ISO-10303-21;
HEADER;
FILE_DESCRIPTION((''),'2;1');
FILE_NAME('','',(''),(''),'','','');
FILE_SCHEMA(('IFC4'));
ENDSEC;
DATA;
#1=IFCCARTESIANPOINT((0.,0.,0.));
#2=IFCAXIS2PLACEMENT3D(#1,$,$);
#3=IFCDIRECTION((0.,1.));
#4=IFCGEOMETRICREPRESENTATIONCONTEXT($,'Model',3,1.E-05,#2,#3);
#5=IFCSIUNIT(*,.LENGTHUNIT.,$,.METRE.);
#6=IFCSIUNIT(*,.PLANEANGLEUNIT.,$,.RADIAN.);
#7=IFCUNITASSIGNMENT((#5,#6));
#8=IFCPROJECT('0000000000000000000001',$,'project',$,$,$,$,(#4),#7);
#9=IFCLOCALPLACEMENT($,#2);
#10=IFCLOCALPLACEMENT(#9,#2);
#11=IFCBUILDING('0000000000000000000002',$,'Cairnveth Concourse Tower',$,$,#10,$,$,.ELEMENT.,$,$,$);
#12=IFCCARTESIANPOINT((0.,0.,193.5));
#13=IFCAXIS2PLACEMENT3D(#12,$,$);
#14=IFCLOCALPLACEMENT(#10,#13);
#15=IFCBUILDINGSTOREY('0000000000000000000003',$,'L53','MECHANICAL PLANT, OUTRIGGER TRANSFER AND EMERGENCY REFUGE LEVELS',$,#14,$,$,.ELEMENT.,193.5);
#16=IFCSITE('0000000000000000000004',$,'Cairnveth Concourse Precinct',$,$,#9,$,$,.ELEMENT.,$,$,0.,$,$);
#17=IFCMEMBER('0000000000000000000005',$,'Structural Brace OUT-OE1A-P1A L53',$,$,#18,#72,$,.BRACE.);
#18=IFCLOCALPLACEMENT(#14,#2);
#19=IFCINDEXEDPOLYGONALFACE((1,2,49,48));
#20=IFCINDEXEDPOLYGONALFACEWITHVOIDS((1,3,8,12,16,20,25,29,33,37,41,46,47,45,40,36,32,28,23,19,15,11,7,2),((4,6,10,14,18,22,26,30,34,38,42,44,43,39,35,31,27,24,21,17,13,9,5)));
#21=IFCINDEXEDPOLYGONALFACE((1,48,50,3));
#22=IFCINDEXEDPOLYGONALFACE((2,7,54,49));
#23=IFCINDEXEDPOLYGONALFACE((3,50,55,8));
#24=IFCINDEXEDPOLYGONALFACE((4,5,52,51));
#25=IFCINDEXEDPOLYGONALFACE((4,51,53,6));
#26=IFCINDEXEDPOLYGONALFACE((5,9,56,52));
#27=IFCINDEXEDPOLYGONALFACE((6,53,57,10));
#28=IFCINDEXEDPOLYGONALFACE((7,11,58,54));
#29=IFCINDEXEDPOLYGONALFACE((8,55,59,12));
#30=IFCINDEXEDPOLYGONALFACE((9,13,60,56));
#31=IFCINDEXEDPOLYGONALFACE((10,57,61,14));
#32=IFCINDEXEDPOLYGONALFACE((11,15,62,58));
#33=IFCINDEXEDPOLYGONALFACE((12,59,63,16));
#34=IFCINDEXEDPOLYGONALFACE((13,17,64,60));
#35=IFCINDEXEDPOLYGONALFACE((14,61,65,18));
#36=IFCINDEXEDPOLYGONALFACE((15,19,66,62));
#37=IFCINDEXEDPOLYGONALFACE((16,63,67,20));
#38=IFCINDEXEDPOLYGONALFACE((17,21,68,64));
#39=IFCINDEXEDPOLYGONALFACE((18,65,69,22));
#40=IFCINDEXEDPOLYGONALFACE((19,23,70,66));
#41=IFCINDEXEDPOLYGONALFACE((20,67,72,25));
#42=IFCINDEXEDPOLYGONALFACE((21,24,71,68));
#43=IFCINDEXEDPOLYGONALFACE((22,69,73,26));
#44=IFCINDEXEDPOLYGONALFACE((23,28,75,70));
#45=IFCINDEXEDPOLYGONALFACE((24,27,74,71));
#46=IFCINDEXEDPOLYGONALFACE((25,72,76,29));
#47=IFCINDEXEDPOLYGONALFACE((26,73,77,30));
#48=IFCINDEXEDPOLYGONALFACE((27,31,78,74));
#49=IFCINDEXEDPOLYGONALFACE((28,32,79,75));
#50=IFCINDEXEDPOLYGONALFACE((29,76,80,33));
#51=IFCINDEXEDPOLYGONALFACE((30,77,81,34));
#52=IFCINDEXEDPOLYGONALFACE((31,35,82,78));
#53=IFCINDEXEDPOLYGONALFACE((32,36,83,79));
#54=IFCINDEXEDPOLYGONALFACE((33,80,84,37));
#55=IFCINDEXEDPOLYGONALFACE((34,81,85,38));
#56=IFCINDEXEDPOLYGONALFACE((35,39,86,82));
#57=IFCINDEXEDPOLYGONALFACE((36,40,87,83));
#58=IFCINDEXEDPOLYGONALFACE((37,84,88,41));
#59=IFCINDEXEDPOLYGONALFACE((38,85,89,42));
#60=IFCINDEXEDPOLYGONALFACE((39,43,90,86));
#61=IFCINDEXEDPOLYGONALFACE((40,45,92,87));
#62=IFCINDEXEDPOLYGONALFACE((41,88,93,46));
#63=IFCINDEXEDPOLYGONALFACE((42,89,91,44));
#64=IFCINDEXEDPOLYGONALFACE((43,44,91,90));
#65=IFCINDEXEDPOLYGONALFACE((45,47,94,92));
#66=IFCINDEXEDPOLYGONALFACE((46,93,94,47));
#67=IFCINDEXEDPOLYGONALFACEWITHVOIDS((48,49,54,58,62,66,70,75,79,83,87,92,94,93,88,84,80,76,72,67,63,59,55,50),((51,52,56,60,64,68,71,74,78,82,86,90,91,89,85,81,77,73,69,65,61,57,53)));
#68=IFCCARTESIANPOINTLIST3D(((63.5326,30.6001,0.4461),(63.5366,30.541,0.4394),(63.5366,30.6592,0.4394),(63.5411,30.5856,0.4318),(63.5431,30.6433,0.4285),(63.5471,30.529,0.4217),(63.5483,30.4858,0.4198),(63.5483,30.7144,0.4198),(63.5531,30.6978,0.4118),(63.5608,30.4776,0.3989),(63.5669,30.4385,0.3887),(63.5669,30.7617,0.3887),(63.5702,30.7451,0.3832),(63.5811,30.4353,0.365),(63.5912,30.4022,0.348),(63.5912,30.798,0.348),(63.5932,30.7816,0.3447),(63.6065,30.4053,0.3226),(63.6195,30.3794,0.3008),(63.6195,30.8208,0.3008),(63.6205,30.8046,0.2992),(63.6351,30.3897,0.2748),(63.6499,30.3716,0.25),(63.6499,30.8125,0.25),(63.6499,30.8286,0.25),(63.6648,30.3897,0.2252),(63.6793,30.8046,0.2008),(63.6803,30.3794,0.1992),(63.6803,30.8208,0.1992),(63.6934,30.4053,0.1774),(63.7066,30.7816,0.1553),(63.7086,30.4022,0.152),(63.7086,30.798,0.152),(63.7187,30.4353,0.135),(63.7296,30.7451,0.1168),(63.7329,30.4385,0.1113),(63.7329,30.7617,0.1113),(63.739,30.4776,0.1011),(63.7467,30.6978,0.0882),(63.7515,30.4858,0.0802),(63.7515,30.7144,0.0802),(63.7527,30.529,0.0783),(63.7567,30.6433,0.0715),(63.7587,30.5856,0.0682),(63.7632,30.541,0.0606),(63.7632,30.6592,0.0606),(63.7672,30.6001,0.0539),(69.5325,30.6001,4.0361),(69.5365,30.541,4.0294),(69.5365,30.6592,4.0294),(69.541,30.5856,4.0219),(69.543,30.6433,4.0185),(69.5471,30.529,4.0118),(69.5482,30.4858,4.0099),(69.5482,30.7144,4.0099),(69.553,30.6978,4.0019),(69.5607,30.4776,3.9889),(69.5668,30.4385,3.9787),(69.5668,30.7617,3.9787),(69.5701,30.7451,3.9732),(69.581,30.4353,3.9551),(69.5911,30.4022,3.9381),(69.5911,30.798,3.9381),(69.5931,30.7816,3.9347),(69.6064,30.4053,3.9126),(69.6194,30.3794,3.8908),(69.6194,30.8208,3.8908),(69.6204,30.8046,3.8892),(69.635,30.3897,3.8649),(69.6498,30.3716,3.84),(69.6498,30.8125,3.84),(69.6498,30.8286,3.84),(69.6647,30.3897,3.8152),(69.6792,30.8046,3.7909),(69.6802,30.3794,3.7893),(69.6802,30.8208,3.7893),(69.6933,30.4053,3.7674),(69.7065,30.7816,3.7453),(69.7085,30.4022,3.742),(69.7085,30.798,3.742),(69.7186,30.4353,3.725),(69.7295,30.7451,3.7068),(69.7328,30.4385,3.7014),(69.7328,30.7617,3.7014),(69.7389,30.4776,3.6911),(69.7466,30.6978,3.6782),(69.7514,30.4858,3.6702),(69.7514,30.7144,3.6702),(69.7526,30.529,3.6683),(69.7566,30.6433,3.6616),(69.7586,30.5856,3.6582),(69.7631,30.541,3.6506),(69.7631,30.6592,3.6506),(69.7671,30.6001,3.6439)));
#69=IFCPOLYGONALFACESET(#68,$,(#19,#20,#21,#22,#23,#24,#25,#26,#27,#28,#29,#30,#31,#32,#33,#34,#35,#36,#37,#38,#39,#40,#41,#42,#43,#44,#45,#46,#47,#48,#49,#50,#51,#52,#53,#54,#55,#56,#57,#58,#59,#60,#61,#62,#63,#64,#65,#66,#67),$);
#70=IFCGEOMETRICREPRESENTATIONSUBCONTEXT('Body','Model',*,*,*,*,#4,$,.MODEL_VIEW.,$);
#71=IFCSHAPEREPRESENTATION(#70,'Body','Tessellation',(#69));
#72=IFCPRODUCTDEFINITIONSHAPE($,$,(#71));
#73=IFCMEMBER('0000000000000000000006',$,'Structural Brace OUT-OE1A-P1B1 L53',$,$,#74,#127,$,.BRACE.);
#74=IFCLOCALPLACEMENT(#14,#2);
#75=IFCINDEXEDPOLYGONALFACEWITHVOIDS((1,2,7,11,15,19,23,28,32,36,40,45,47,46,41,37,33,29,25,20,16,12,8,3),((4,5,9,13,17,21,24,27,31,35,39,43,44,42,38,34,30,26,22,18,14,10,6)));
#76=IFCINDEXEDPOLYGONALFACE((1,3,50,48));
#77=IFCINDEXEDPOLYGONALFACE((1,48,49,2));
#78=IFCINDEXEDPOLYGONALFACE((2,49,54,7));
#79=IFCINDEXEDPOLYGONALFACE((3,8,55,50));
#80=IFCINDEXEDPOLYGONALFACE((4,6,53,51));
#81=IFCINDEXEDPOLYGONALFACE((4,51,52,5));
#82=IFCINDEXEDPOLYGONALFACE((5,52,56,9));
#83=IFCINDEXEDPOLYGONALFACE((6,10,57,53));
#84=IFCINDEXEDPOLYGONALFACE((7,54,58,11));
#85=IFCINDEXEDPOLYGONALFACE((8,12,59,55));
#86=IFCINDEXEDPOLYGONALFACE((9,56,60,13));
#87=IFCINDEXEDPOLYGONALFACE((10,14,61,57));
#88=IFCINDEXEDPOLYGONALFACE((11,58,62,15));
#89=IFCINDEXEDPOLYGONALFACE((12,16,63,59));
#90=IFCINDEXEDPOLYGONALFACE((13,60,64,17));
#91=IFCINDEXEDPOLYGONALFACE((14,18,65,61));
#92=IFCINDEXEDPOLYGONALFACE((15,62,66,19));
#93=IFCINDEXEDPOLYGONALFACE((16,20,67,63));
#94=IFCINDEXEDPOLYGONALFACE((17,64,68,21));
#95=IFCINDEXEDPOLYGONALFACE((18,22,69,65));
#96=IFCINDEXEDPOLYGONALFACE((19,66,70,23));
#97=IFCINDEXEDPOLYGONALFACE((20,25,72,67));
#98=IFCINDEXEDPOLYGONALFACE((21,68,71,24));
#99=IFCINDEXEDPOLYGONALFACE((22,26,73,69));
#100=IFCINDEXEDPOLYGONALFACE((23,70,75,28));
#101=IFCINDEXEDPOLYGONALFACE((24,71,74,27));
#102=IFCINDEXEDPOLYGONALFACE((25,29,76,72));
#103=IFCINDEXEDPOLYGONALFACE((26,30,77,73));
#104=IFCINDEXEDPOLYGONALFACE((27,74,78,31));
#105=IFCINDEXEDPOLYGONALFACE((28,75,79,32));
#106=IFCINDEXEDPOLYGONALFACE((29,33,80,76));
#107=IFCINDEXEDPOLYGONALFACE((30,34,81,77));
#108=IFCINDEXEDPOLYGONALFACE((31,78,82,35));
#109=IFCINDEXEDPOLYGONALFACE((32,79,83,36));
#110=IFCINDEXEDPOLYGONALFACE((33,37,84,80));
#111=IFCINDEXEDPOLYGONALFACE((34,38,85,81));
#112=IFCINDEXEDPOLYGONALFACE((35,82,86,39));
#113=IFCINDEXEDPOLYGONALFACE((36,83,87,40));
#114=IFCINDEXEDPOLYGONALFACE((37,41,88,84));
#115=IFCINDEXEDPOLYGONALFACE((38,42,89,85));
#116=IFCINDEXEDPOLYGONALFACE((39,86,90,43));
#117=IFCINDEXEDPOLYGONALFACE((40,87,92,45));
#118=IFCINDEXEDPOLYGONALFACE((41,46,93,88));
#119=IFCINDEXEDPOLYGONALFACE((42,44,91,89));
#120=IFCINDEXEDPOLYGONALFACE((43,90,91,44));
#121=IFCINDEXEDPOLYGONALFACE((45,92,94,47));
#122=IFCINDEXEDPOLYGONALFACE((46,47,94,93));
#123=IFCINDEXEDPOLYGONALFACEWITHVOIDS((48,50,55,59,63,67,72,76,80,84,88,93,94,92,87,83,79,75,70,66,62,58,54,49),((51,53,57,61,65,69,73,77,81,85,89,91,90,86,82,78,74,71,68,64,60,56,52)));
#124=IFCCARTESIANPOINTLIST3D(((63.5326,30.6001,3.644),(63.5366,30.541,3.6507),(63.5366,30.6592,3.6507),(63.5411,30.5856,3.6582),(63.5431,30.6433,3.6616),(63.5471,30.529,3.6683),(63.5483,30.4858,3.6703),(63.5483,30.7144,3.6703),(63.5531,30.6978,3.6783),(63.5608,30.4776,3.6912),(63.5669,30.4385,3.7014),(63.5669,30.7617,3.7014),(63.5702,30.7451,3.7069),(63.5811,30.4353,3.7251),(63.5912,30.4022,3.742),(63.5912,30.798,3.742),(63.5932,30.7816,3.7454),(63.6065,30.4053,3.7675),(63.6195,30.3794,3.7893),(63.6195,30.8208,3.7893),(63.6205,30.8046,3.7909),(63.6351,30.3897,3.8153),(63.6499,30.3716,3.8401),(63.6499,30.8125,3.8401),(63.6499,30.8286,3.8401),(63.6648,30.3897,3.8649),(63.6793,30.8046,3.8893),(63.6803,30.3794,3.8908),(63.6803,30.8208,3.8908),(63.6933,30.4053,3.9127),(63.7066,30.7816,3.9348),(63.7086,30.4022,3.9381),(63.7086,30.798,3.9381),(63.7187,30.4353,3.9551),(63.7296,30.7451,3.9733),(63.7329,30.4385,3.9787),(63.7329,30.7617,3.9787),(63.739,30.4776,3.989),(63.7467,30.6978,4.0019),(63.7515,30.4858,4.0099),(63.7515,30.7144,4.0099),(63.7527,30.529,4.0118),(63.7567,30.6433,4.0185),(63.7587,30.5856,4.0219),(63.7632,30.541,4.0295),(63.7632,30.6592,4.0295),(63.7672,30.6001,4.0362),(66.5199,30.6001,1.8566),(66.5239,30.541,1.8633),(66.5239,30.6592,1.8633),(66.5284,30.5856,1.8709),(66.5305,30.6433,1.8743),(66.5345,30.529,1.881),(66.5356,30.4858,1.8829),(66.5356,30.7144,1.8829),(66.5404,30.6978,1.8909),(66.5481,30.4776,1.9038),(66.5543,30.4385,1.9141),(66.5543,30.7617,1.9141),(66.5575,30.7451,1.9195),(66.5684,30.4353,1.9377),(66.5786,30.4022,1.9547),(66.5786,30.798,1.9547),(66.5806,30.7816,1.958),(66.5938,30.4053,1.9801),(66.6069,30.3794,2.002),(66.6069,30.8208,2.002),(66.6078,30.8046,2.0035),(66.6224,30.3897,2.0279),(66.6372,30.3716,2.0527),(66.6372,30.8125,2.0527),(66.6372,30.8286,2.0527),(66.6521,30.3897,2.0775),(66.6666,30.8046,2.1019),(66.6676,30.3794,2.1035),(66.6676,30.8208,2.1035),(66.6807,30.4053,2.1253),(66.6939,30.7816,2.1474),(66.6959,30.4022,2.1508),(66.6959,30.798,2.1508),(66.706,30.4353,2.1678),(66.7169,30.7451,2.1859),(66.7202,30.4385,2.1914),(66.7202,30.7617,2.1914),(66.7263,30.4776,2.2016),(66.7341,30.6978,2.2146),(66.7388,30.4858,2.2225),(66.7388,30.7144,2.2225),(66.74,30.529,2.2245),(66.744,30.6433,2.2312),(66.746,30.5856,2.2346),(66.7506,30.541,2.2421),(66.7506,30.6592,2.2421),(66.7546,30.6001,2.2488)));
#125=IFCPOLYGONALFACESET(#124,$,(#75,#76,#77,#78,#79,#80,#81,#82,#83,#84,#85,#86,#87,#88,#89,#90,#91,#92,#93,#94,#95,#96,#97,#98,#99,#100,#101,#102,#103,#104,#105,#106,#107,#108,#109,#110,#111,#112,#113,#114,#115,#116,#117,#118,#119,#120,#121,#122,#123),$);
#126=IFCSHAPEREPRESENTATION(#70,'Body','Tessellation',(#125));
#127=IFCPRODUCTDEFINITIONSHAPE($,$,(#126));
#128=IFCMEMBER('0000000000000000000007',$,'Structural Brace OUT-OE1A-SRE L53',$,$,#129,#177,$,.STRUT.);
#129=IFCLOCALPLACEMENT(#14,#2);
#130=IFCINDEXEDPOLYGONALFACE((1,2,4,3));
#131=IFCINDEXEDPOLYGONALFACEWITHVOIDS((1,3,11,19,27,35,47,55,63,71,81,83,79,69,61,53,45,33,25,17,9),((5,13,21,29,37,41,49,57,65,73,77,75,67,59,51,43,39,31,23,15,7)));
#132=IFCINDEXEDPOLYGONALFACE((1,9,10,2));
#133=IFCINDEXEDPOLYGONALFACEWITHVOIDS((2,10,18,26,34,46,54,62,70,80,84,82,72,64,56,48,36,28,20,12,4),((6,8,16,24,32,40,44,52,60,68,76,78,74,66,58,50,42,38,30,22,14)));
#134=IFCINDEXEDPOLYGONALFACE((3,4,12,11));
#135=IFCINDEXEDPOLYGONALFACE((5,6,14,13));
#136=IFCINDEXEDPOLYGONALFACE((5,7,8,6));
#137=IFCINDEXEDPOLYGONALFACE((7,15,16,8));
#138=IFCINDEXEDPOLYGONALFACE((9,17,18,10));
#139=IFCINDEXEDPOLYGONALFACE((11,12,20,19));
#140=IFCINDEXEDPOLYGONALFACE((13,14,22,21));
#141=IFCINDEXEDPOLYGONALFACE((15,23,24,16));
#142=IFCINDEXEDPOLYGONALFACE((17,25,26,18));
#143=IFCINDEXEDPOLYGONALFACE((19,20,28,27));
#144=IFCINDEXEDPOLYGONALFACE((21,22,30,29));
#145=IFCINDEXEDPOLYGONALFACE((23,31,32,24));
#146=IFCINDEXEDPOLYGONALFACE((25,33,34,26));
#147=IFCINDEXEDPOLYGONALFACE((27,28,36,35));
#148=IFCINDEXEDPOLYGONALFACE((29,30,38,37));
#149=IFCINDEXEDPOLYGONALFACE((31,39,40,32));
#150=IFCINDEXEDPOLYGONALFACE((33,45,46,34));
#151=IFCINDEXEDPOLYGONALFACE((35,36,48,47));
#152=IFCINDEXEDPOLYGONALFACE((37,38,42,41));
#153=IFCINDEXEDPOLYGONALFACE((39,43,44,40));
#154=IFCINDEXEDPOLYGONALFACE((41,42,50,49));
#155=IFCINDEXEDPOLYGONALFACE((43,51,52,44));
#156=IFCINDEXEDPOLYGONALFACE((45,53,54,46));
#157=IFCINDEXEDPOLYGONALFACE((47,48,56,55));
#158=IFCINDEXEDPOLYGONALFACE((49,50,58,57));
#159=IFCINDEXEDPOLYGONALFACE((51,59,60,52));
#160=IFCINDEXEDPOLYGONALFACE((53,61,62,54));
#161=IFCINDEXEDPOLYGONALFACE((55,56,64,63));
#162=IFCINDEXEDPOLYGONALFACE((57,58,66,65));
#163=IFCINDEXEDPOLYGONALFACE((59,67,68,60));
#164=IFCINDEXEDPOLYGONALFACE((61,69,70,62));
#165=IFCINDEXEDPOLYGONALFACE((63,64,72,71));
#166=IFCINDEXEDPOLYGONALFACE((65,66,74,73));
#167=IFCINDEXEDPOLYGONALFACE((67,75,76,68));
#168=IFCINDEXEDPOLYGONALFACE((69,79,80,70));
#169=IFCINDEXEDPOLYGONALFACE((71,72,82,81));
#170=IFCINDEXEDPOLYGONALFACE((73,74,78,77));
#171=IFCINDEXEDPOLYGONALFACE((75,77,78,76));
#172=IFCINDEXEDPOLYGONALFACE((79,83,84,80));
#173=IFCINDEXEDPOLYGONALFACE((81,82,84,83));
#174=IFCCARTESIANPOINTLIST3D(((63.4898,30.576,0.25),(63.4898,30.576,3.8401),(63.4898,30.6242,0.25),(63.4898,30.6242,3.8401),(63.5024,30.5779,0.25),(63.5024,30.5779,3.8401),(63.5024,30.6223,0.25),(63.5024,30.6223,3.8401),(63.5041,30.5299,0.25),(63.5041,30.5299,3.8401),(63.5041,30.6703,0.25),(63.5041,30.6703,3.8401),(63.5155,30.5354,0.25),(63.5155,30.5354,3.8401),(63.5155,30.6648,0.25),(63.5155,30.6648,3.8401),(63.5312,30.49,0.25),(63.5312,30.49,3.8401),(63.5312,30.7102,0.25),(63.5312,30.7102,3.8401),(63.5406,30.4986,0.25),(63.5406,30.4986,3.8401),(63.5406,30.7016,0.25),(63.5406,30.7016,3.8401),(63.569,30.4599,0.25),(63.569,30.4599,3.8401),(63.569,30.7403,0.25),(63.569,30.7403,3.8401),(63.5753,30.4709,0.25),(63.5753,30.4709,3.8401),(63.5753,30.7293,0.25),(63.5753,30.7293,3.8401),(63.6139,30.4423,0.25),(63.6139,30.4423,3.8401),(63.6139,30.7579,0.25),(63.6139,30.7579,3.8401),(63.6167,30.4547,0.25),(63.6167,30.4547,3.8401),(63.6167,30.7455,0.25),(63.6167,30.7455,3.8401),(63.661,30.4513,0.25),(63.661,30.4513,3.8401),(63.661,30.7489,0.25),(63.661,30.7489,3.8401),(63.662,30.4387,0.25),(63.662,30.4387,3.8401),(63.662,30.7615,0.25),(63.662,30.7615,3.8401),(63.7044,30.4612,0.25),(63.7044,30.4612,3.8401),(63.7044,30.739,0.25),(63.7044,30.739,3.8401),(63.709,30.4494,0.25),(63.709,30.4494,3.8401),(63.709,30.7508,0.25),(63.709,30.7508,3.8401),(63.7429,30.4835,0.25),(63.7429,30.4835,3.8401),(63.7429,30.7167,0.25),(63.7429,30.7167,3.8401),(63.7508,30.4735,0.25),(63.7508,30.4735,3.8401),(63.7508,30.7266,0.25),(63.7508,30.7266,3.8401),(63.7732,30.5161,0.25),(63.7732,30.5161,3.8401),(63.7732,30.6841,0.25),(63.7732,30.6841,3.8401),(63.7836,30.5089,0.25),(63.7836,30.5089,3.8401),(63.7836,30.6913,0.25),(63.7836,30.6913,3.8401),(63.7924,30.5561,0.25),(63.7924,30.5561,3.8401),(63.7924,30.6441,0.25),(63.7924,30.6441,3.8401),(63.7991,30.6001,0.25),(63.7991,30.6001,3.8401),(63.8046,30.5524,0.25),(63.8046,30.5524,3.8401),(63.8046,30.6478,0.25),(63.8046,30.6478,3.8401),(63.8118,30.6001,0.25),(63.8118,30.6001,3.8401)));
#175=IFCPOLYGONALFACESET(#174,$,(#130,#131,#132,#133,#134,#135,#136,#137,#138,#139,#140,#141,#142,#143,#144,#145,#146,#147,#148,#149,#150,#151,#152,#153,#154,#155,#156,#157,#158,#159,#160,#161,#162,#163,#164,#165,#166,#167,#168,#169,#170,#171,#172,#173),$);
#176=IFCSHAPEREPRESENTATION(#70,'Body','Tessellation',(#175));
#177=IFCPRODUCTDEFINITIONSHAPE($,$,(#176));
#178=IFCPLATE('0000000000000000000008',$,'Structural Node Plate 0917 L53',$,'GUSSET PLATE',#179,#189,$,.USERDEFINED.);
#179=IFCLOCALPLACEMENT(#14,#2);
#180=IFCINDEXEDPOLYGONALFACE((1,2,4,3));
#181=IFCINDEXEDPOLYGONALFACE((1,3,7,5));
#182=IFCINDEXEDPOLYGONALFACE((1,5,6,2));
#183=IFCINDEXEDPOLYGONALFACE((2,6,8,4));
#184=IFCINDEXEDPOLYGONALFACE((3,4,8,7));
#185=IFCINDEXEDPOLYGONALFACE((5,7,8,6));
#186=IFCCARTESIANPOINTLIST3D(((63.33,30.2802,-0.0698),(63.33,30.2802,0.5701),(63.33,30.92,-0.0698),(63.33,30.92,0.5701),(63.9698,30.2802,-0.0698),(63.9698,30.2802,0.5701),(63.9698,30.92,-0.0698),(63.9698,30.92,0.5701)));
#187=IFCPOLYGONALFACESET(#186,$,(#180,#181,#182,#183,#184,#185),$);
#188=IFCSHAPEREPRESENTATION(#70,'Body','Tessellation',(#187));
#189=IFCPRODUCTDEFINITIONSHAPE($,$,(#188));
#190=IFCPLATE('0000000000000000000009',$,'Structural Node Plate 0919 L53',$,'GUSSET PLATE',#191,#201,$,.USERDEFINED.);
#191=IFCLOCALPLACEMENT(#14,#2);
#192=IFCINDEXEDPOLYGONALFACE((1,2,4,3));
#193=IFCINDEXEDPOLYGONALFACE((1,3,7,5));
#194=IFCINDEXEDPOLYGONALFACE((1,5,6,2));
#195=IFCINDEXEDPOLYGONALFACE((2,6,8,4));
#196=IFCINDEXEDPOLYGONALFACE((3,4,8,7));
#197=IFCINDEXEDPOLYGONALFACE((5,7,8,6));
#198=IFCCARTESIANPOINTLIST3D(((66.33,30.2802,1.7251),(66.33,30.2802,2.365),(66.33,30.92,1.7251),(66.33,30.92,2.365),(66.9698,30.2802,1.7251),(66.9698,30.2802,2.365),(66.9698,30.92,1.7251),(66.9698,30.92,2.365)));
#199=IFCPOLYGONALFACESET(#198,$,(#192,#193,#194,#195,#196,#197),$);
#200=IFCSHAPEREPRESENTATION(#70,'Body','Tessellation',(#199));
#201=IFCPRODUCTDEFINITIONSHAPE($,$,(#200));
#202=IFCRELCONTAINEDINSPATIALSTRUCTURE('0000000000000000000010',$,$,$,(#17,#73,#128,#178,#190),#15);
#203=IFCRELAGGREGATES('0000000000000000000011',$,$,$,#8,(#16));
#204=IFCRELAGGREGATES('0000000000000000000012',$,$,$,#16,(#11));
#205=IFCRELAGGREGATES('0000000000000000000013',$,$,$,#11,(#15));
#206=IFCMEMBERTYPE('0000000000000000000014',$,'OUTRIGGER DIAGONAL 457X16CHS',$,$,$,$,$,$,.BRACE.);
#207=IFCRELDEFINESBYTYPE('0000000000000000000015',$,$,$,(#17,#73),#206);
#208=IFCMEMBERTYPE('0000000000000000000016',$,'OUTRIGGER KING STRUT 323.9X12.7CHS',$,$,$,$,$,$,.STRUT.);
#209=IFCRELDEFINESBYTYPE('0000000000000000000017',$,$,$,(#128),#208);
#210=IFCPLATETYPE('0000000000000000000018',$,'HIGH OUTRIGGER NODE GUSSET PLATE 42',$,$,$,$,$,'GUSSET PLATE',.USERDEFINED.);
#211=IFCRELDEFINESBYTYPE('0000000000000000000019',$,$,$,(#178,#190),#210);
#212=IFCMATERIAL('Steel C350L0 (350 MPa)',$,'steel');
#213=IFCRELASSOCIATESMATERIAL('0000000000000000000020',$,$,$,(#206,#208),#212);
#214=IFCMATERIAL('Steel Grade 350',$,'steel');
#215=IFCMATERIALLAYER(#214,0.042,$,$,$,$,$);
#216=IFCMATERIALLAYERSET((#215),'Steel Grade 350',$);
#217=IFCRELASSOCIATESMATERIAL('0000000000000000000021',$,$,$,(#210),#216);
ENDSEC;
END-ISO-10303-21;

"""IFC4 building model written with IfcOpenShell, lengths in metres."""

from ifc_helpers import new_model, si_unit, direction, frame, origin, origin_2d, place, context, subcontext, project, spatial, rectangle, hollow_circle, extrude, material, layer, layer_set, material_profile, profile_set, type_object, element, save


model = new_model("IFC4")

# Units and contexts
model_context = context("Model", 3, precision=1e-05, world=origin(), true_north=direction((0.0, 1.0)))
body_context = subcontext(model_context, "Body", "Model", "MODEL_VIEW")
ifc_project = project(units=[si_unit("LENGTHUNIT", "METRE"), si_unit("PLANEANGLEUNIT", "RADIAN")], contexts=[model_context])

# Site, building, storey
site_placement = place(None, origin())
site = spatial("IfcSite", under=ifc_project, at=site_placement, Name="Cairnveth Concourse Precinct", CompositionType="ELEMENT", RefElevation=0.0)
building_placement = place(site_placement, origin())
building = spatial("IfcBuilding", under=site, at=building_placement, Name="Cairnveth Concourse Tower", CompositionType="ELEMENT")
storey_placement = place(building_placement, frame((0.0, 0.0, 193.5)))
storey = spatial("IfcBuildingStorey", under=building, at=storey_placement, Name="L53", Description="MECHANICAL PLANT, OUTRIGGER TRANSFER AND EMERGENCY REFUGE LEVELS", CompositionType="ELEMENT", Elevation=193.5)

# Shared definitions
ifc_material_1 = material(Name="Steel C350L0 (350 MPa)", Category="steel")

# Members
ifc_material_profile_1 = material_profile(ifc_material_1, hollow_circle(Radius=0.2285, WallThickness=0.0161, at=origin_2d()), Name="457.0x16.0CHS")
ifc_profile_set_1 = profile_set([ifc_material_profile_1], Name="Steel C350L0 (350 MPa)")
member_type_1 = type_object("IfcMemberType", Name="OUTRIGGER DIAGONAL 457X16CHS", PredefinedType="BRACE", material=ifc_profile_set_1)
member_1_placement = place(storey_placement, frame((63.6499, 30.6001, 0.25), z_axis=(0.858118, 0.0, 0.513453), x_axis=(0.0, 1.0, 0.0)))
element("IfcMember", 1, at=member_1_placement, inside=storey, type_object=member_type_1, Name="Structural Brace OUT-OE1A-P1A L53", PredefinedType="BRACE", context=body_context, shape_type="SweptSolid", body=[
    extrude(hollow_circle(Radius=0.2285, WallThickness=0.0161, at=origin_2d()), origin(), (0.0, 0.0, 1.0), 6.9919),
])
member_2_placement = place(storey_placement, frame((63.6499, 30.6001, 3.8401), z_axis=(0.85813, 0.0, -0.513433), x_axis=(0.0, 1.0, 0.0)))
element("IfcMember", 2, at=member_2_placement, inside=storey, type_object=member_type_1, Name="Structural Brace OUT-OE1A-P1B1 L53", PredefinedType="BRACE", context=body_context, shape_type="SweptSolid", body=[
    extrude(hollow_circle(Radius=0.2285, WallThickness=0.0161, at=origin_2d()), origin(), (0.0, 0.0, 1.0), 3.4812),
])
ifc_material_profile_2 = material_profile(ifc_material_1, hollow_circle(Radius=0.1619, WallThickness=0.0127, at=origin_2d()), Name="323.9x12.7CHS")
ifc_profile_set_2 = profile_set([ifc_material_profile_2], Name="Steel C350L0 (350 MPa)")
member_type_2 = type_object("IfcMemberType", Name="OUTRIGGER KING STRUT 323.9X12.7CHS", PredefinedType="STRUT", material=ifc_profile_set_2)
member_3_placement = place(storey_placement, frame((63.6499, 30.6001, 0.25), z_axis=(0.0, 0.0, 1.0), x_axis=(1.0, 0.0, 0.0)))
element("IfcMember", 3, at=member_3_placement, inside=storey, type_object=member_type_2, Name="Structural Brace OUT-OE1A-SRE L53", PredefinedType="STRUT", context=body_context, shape_type="SweptSolid", body=[
    extrude(hollow_circle(Radius=0.1619, WallThickness=0.0127, at=origin_2d()), origin(), (0.0, 0.0, 1.0), 3.5901),
])

# Plates
ifc_material_2 = material(Name="Steel Grade 350", Category="steel")
ifc_layer_1 = layer(ifc_material_2, 0.042)
ifc_layer_set_1 = layer_set([ifc_layer_1], Name="Steel Grade 350")
plate_type_1 = type_object("IfcPlateType", Name="HIGH OUTRIGGER NODE GUSSET PLATE 42", ElementType="GUSSET PLATE", PredefinedType="USERDEFINED", material=ifc_layer_set_1)
for number, where, z_axis, x_axis, name in (
    (4, (63.6499, 30.6001, -0.0698), (0.0, 0.0, 1.0), (1.0, 0.0, 0.0), "Structural Node Plate 0917 L53"),
    (5, (66.6499, 30.6001, 1.7251), (0.0, 0.0, 1.0), (1.0, 0.0, 0.0), "Structural Node Plate 0919 L53"),
):
    element("IfcPlate", number, at=place(storey_placement, frame(where, z_axis=z_axis, x_axis=x_axis)), inside=storey, type_object=plate_type_1, Name=name, ObjectType="GUSSET PLATE", PredefinedType="USERDEFINED", context=body_context, shape_type="SweptSolid", body=[
        extrude(rectangle(XDim=0.6399, YDim=0.6399, at=origin_2d()), origin(), (0.0, 0.0, 1.0), 0.6399),
    ])

save(model, "model.ifc")
